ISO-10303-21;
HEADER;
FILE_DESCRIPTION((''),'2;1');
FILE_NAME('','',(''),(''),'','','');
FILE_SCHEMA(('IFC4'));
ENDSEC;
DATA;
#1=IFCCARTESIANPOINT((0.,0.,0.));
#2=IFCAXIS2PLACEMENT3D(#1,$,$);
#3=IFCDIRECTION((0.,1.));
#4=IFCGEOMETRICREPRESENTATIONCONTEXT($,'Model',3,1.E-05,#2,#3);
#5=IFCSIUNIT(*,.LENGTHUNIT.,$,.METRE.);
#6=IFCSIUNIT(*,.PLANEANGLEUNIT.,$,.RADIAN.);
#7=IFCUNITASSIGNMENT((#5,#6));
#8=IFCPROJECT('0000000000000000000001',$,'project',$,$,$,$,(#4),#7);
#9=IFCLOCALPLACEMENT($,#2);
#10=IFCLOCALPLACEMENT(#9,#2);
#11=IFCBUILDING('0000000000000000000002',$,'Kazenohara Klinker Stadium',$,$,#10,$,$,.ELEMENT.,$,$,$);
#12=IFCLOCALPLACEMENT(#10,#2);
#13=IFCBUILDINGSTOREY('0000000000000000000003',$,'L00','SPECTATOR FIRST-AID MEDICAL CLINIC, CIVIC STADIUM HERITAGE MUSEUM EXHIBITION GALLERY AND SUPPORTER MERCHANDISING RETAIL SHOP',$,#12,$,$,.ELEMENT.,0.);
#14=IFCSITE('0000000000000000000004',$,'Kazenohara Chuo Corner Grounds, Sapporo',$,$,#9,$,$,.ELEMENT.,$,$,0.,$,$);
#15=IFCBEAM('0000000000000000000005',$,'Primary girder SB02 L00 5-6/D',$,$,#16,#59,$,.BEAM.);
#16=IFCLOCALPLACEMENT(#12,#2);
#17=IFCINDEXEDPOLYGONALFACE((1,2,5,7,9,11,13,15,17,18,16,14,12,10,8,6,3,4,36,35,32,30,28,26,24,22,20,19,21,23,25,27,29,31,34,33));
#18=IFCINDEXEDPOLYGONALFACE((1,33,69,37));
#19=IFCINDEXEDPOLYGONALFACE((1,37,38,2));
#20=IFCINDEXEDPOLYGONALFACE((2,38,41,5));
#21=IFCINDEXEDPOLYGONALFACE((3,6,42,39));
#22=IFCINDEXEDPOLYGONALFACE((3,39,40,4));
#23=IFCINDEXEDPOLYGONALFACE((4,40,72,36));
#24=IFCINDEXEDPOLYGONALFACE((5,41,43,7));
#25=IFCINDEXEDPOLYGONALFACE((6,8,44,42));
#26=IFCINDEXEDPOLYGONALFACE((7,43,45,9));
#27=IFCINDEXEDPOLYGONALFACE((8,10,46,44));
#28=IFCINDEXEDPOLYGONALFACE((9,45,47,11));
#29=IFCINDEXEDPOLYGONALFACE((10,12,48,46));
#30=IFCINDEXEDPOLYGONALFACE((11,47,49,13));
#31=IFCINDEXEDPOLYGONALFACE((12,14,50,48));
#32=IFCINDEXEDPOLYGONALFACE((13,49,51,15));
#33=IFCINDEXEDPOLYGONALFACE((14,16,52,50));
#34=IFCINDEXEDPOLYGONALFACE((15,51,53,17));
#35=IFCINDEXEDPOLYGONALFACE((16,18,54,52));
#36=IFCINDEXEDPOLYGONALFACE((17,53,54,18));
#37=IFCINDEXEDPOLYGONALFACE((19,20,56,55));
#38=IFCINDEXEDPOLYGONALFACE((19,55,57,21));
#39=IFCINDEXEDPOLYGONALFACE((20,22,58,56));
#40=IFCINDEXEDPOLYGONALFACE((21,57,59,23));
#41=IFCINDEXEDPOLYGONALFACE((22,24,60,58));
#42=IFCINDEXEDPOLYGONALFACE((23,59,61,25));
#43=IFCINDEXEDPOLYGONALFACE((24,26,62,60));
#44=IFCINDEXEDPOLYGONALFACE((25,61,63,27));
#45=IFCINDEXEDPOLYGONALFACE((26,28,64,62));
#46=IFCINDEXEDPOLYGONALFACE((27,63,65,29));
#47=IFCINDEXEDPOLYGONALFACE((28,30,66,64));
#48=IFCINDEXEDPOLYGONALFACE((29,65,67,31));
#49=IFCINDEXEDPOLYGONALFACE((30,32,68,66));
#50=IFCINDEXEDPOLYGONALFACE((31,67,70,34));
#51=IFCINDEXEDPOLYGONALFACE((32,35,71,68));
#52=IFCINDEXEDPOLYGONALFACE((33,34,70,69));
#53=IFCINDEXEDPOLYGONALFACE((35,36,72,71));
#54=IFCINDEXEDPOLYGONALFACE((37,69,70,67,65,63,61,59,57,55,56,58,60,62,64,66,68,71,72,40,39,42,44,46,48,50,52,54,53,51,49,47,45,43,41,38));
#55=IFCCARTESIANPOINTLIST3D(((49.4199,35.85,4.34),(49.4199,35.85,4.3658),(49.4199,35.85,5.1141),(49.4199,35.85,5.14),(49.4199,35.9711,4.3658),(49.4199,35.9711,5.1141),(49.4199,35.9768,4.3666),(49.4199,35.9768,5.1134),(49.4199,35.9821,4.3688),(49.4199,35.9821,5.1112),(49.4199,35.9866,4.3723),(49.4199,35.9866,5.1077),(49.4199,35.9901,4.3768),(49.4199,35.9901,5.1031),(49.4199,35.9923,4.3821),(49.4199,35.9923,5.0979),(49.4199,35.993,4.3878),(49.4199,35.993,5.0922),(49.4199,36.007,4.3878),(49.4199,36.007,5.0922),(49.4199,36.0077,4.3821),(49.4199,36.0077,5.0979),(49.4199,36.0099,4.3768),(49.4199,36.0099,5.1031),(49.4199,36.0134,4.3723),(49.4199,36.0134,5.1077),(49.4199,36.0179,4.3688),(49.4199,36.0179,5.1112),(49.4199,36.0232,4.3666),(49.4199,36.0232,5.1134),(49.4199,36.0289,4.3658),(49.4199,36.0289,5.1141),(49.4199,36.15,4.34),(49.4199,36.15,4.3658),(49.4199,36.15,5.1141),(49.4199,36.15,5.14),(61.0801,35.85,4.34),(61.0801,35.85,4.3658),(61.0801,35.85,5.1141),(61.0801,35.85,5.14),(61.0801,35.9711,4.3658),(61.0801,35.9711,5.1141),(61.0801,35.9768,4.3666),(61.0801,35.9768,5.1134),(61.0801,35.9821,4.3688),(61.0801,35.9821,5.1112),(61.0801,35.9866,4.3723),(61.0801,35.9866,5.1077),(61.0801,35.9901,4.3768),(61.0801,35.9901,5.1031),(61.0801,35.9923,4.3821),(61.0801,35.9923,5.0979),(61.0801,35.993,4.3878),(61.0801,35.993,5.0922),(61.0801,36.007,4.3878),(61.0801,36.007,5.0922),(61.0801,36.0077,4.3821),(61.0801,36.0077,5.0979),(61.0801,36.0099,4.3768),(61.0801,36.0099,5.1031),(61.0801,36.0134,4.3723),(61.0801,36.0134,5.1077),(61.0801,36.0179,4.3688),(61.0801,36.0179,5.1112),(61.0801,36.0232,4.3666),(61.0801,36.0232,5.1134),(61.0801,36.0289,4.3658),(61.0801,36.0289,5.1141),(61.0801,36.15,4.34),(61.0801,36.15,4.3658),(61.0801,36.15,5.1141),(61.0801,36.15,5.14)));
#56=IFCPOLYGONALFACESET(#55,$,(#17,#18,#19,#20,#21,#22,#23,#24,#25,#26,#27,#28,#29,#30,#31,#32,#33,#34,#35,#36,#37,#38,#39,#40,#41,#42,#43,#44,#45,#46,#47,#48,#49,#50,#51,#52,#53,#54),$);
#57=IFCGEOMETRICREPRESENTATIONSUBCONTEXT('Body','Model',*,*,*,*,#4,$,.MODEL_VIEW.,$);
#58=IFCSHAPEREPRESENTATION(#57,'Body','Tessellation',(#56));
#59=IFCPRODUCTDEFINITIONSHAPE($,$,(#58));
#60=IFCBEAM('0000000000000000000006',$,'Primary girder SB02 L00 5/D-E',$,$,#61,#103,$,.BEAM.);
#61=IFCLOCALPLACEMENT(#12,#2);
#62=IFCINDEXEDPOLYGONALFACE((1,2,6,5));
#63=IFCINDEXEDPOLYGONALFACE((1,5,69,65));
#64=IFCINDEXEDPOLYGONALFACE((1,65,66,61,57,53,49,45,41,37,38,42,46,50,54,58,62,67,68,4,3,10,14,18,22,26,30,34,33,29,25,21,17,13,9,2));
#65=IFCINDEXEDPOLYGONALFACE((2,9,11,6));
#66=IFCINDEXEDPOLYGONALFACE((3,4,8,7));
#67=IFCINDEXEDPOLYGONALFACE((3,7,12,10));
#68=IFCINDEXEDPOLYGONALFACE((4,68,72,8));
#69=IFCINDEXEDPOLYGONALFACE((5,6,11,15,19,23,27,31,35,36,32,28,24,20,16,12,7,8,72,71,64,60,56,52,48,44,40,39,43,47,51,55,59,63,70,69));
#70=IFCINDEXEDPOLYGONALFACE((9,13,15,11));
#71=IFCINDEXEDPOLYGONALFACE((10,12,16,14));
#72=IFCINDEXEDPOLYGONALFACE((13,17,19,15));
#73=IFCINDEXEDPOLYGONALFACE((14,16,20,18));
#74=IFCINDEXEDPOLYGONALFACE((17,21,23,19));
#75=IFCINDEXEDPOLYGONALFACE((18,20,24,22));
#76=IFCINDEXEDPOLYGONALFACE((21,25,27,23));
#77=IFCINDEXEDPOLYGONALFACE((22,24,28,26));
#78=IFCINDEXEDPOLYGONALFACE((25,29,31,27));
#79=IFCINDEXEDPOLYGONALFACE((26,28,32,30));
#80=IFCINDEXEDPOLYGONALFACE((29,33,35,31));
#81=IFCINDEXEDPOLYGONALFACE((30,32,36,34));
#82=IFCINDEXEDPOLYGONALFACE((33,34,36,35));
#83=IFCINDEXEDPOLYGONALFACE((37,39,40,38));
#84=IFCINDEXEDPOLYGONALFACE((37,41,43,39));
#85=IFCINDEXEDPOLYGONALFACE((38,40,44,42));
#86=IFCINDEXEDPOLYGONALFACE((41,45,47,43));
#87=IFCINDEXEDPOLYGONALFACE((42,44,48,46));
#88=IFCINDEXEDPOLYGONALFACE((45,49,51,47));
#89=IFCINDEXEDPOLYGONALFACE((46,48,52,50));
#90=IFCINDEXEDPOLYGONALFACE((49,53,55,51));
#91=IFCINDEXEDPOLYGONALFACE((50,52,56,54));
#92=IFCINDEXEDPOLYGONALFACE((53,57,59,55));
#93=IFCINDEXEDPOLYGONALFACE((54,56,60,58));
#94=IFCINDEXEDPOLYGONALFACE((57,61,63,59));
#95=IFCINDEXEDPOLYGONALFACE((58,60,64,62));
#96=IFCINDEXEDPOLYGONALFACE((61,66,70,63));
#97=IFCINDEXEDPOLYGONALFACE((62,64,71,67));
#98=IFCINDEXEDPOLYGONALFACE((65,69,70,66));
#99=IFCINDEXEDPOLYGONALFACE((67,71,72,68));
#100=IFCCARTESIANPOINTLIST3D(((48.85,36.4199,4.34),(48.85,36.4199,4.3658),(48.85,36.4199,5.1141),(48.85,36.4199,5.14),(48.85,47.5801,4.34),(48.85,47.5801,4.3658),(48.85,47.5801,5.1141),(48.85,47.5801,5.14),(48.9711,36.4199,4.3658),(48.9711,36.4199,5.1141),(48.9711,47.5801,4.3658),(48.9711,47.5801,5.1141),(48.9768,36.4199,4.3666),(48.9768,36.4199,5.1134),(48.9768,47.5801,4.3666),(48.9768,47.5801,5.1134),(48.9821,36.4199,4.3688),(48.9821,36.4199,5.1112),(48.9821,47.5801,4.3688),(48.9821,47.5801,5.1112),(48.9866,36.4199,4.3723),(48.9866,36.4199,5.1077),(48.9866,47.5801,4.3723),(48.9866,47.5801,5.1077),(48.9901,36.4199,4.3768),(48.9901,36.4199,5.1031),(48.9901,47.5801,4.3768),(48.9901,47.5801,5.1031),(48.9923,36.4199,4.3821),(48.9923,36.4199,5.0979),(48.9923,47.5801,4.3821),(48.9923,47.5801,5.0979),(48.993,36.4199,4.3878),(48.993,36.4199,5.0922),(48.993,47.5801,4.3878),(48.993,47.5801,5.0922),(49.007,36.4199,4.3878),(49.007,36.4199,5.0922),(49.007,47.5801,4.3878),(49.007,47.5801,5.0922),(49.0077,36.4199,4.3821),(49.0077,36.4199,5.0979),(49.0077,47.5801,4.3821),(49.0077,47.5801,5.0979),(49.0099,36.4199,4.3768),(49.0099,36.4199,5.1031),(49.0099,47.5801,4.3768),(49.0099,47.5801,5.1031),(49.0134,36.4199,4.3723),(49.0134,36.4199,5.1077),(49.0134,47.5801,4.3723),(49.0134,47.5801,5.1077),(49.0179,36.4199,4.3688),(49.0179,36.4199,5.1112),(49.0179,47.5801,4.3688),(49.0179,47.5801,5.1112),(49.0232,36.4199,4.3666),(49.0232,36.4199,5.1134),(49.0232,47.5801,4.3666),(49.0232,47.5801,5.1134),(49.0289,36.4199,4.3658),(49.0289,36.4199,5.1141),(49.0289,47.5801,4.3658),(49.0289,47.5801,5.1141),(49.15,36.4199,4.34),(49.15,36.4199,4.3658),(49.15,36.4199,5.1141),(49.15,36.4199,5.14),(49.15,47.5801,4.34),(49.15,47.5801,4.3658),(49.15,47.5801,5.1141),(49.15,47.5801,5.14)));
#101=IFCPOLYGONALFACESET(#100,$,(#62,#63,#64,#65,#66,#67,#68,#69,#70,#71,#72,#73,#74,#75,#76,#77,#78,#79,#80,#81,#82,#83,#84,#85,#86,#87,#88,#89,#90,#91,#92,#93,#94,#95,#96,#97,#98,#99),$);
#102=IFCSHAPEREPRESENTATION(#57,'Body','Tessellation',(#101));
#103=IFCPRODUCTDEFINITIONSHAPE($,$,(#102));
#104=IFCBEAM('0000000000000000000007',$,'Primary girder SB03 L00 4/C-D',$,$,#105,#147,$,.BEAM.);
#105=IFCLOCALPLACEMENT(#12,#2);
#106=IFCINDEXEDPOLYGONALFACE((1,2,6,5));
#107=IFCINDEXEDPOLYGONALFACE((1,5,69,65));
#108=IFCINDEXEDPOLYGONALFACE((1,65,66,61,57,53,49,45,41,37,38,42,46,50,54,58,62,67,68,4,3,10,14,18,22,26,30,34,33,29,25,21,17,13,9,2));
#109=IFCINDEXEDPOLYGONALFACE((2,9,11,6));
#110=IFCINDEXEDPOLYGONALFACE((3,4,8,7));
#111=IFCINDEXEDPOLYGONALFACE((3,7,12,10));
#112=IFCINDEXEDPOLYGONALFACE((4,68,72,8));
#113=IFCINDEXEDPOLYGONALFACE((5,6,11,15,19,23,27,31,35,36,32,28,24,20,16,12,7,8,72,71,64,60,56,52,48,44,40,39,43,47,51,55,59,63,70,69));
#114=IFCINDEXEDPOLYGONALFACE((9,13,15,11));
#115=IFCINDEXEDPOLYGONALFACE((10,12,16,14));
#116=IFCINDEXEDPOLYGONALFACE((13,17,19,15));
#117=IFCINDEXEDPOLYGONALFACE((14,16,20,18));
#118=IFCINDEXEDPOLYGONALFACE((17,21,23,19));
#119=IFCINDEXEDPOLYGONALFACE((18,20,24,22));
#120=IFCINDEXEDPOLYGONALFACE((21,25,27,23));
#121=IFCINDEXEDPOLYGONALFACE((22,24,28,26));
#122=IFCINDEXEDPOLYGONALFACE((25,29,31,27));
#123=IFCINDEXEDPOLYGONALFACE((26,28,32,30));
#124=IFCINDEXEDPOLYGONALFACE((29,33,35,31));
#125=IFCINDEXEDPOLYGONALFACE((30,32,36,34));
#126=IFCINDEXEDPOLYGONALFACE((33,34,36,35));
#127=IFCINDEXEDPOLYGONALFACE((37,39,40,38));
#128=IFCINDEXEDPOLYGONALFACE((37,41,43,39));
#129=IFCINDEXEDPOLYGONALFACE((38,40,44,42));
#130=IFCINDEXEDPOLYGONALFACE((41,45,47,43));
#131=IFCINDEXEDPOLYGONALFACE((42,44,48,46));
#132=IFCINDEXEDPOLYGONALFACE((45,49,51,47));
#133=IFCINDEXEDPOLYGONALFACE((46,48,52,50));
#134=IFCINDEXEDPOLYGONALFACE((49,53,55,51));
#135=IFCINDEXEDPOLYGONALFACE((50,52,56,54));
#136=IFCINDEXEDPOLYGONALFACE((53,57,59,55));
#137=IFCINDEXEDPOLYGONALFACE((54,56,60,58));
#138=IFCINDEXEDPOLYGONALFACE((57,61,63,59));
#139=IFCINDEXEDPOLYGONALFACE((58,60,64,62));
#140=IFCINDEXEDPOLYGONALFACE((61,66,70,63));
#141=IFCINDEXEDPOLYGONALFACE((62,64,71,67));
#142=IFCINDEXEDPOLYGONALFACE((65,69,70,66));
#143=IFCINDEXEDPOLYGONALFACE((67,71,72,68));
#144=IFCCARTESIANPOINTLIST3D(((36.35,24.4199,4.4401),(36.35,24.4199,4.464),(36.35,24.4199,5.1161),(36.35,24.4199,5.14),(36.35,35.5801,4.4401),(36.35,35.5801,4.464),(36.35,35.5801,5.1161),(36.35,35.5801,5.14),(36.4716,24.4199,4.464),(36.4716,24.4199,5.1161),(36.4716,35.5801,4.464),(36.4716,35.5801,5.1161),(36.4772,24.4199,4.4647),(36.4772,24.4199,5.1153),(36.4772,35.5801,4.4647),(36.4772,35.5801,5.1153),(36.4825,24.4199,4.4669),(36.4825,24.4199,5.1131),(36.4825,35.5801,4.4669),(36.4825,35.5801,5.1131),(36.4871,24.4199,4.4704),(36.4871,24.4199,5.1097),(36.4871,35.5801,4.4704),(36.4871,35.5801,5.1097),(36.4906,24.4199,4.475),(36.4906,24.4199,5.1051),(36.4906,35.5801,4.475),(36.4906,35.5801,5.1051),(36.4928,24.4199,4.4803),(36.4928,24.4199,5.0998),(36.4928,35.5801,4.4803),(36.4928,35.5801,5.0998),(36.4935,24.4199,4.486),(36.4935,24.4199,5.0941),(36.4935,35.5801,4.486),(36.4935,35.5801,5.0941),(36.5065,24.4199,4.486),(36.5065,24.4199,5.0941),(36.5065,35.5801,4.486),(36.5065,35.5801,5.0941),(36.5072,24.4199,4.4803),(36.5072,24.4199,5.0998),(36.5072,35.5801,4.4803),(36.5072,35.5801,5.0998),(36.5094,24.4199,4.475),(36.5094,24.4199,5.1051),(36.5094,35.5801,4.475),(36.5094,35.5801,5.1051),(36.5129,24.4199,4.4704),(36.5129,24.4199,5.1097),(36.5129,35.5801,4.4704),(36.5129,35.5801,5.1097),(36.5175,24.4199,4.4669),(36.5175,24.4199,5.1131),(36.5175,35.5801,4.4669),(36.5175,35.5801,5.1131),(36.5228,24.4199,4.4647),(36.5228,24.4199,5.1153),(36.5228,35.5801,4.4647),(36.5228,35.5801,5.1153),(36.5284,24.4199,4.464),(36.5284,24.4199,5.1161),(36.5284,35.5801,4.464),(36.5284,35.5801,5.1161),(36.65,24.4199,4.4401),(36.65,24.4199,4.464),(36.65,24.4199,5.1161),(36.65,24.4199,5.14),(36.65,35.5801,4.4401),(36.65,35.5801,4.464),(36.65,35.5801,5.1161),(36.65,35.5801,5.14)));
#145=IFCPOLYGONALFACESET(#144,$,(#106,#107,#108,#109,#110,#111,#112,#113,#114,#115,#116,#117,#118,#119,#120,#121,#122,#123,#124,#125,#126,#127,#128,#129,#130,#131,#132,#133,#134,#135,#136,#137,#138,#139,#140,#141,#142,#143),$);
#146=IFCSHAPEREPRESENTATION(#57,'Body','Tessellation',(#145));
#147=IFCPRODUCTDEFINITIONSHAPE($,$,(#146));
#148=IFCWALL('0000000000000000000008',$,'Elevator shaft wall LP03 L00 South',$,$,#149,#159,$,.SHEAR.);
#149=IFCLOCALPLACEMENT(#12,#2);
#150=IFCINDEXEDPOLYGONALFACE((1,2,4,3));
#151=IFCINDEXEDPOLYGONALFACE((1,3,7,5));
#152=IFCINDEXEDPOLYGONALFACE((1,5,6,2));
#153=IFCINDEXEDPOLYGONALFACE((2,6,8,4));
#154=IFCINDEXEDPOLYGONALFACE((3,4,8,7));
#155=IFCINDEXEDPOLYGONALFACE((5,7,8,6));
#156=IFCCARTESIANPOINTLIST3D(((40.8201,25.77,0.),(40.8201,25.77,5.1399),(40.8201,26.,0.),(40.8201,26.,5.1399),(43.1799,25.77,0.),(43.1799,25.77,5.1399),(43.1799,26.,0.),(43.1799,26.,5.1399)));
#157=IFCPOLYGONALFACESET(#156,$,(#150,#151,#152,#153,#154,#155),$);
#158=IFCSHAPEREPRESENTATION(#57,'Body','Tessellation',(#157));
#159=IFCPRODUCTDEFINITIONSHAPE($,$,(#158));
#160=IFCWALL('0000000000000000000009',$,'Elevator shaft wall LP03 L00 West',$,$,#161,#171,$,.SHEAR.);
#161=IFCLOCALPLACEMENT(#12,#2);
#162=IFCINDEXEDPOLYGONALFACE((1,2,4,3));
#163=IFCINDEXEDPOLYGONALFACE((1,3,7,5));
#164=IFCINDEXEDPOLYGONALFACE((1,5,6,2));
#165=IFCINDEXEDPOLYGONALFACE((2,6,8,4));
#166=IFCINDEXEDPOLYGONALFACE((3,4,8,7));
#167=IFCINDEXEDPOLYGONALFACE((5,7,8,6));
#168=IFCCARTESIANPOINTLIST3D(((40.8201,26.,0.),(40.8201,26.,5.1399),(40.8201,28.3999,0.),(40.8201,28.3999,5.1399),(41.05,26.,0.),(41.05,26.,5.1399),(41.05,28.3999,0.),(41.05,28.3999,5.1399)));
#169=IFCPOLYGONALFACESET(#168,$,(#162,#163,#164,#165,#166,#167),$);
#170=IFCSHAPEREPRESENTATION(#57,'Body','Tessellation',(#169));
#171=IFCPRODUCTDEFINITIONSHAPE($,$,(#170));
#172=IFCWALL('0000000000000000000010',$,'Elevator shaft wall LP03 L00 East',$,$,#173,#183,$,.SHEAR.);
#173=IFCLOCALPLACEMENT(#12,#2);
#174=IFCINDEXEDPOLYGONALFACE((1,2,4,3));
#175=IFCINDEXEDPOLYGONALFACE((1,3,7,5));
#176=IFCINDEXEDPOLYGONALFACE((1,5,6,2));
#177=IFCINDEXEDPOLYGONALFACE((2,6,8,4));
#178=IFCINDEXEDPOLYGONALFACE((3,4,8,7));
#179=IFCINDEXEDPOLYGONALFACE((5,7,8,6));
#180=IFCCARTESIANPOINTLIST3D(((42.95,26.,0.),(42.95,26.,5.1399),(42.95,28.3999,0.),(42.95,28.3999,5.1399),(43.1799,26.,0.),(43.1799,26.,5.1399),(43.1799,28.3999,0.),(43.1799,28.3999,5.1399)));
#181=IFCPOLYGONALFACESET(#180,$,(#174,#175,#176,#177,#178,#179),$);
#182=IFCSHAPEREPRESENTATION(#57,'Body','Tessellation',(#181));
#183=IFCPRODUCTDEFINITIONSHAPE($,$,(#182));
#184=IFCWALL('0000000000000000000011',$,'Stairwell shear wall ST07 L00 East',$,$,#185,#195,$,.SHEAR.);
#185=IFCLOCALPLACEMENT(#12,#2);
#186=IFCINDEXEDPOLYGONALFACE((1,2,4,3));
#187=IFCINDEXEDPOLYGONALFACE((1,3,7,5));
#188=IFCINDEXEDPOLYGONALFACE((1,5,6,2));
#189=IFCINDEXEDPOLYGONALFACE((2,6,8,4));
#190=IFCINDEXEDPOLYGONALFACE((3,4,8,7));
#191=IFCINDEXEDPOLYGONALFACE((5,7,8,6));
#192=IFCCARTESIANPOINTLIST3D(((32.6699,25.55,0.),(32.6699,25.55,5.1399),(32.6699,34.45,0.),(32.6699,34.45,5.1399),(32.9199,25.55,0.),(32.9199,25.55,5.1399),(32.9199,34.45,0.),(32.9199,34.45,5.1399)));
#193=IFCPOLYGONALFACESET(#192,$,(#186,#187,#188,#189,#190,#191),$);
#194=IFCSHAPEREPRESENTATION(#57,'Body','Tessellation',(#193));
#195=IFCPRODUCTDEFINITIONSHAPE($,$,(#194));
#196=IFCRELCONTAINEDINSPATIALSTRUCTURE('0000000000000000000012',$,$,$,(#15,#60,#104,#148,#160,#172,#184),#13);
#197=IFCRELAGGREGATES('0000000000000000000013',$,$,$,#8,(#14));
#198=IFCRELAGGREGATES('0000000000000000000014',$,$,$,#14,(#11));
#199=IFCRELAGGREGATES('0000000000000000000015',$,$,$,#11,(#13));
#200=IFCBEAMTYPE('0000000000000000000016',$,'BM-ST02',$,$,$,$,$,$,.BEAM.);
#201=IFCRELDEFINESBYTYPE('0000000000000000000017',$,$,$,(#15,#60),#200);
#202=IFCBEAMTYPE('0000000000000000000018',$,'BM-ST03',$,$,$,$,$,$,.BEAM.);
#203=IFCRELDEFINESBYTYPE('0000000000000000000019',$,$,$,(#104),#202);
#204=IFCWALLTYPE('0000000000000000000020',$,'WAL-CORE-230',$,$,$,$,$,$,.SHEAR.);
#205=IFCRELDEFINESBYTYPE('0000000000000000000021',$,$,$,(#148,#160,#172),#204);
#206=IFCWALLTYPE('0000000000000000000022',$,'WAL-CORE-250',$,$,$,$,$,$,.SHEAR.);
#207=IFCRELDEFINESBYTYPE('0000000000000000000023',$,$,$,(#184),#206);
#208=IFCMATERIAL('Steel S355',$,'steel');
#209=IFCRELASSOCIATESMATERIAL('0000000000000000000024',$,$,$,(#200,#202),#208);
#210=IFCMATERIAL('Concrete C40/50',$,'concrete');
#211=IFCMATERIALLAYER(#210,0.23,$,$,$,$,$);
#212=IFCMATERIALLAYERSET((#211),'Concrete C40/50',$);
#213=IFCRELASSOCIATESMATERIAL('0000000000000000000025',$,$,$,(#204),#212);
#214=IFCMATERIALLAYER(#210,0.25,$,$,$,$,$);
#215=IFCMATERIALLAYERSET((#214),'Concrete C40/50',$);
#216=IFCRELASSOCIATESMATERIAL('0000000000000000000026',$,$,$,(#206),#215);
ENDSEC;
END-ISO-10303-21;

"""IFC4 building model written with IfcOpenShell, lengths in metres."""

from ifc_helpers import new_model, si_unit, direction, frame, frame_2d, origin, origin_2d, place, context, subcontext, project, spatial, rectangle, i_section, extrude, material, layer, layer_set, material_profile, profile_set, type_object, element, save


model = new_model("IFC4")

# Units and contexts
model_context = context("Model", 3, precision=1e-05, world=origin(), true_north=direction((0.0, 1.0)))
body_context = subcontext(model_context, "Body", "Model", "MODEL_VIEW")
ifc_project = project(units=[si_unit("LENGTHUNIT", "METRE"), si_unit("PLANEANGLEUNIT", "RADIAN")], contexts=[model_context])

# Site, building, storey
site_placement = place(None, origin())
site = spatial("IfcSite", under=ifc_project, at=site_placement, Name="Kazenohara Chuo Corner Grounds, Sapporo", CompositionType="ELEMENT", RefElevation=0.0)
building_placement = place(site_placement, origin())
building = spatial("IfcBuilding", under=site, at=building_placement, Name="Kazenohara Klinker Stadium", CompositionType="ELEMENT")
storey_placement = place(building_placement, origin())
storey = spatial("IfcBuildingStorey", under=building, at=storey_placement, Name="L00", Description="SPECTATOR FIRST-AID MEDICAL CLINIC, CIVIC STADIUM HERITAGE MUSEUM EXHIBITION GALLERY AND SUPPORTER MERCHANDISING RETAIL SHOP", CompositionType="ELEMENT", Elevation=0.0)

# Shared definitions
ifc_material_1 = material(Name="Concrete C40/50", Category="concrete")

# Beams
ifc_material_2 = material(Name="Steel S355", Category="steel")
ifc_material_profile_1 = material_profile(ifc_material_2, i_section(OverallWidth=0.3, OverallDepth=0.8, WebThickness=0.0139, FlangeThickness=0.0259, FilletRadius=0.022, at=origin_2d()), Name="H-800x300x14x26")
ifc_profile_set_1 = profile_set([ifc_material_profile_1], Name="Steel S355")
beam_type_1 = type_object("IfcBeamType", Name="BM-ST02", PredefinedType="BEAM", material=ifc_profile_set_1)
beam_1_placement = place(storey_placement, frame((49.4199, 36.0, 4.74), z_axis=(1.0, 0.0, 0.0), x_axis=(0.0, 1.0, 0.0)))
element("IfcBeam", 1, at=beam_1_placement, inside=storey, type_object=beam_type_1, Name="Primary girder SB02 L00 5-6/D", PredefinedType="BEAM", context=body_context, shape_type="SweptSolid", body=[
    extrude(i_section(OverallWidth=0.3, OverallDepth=0.8, WebThickness=0.0139, FlangeThickness=0.0259, FilletRadius=0.022, at=origin_2d()), origin(), (0.0, 0.0, 1.0), 11.6602),
])
beam_2_placement = place(storey_placement, frame((49.0, 36.4199, 4.74), z_axis=(0.0, 1.0, 0.0), x_axis=(-1.0, 0.0, 0.0)))
element("IfcBeam", 2, at=beam_2_placement, inside=storey, type_object=beam_type_1, Name="Primary girder SB02 L00 5/D-E", PredefinedType="BEAM", context=body_context, shape_type="SweptSolid", body=[
    extrude(i_section(OverallWidth=0.3, OverallDepth=0.8, WebThickness=0.0139, FlangeThickness=0.0259, FilletRadius=0.022, at=origin_2d()), origin(), (0.0, 0.0, 1.0), 11.1602),
])
ifc_material_profile_2 = material_profile(ifc_material_2, i_section(OverallWidth=0.3, OverallDepth=0.7, WebThickness=0.0129, FlangeThickness=0.0239, FilletRadius=0.022, at=origin_2d()), Name="H-700x300x13x24")
ifc_profile_set_2 = profile_set([ifc_material_profile_2], Name="Steel S355")
beam_type_2 = type_object("IfcBeamType", Name="BM-ST03", PredefinedType="BEAM", material=ifc_profile_set_2)
beam_3_placement = place(storey_placement, frame((36.5, 24.4199, 4.79), z_axis=(0.0, 1.0, 0.0), x_axis=(-1.0, 0.0, 0.0)))
element("IfcBeam", 3, at=beam_3_placement, inside=storey, type_object=beam_type_2, Name="Primary girder SB03 L00 4/C-D", PredefinedType="BEAM", context=body_context, shape_type="SweptSolid", body=[
    extrude(i_section(OverallWidth=0.3, OverallDepth=0.7, WebThickness=0.0129, FlangeThickness=0.0239, FilletRadius=0.022, at=origin_2d()), origin(), (0.0, 0.0, 1.0), 11.1602),
])

# Wall
ifc_layer_1 = layer(ifc_material_1, 0.23)
ifc_layer_set_1 = layer_set([ifc_layer_1], Name="Concrete C40/50")
wall_type_1 = type_object("IfcWallType", Name="WAL-CORE-230", PredefinedType="SHEAR", material=ifc_layer_set_1)
wall_1_placement = place(storey_placement, frame((40.8201, 25.885, 0.0), z_axis=(0.0, 0.0, 1.0), x_axis=(1.0, 0.0, 0.0)))
element("IfcWall", 4, at=wall_1_placement, inside=storey, type_object=wall_type_1, Name="Elevator shaft wall LP03 L00 South", PredefinedType="SHEAR", context=body_context, shape_type="SweptSolid", body=[
    extrude(rectangle(XDim=2.3599, YDim=0.23, at=frame_2d((1.1799, 0.0))), origin(), (0.0, 0.0, 1.0), 5.1399),
])

# Walls
for number, where, z_axis, x_axis, name in (
    (5, (40.9351, 26.0, 0.0), (0.0, 0.0, 1.0), (0.0, 1.0, 0.0), "Elevator shaft wall LP03 L00 West"),
    (6, (43.0649, 26.0, 0.0), (0.0, 0.0, 1.0), (0.0, 1.0, 0.0), "Elevator shaft wall LP03 L00 East"),
):
    element("IfcWall", number, at=place(storey_placement, frame(where, z_axis=z_axis, x_axis=x_axis)), inside=storey, type_object=wall_type_1, Name=name, PredefinedType="SHEAR", context=body_context, shape_type="SweptSolid", body=[
        extrude(rectangle(XDim=2.3999, YDim=0.23, at=frame_2d((1.2, 0.0))), origin(), (0.0, 0.0, 1.0), 5.1399),
    ])
ifc_layer_2 = layer(ifc_material_1, 0.25)
ifc_layer_set_2 = layer_set([ifc_layer_2], Name="Concrete C40/50")
wall_type_2 = type_object("IfcWallType", Name="WAL-CORE-250", PredefinedType="SHEAR", material=ifc_layer_set_2)
wall_2_placement = place(storey_placement, frame((32.7949, 25.55, 0.0), z_axis=(0.0, 0.0, 1.0), x_axis=(0.0, 1.0, 0.0)))
element("IfcWall", 7, at=wall_2_placement, inside=storey, type_object=wall_type_2, Name="Stairwell shear wall ST07 L00 East", PredefinedType="SHEAR", context=body_context, shape_type="SweptSolid", body=[
    extrude(rectangle(XDim=8.8999, YDim=0.25, at=frame_2d((4.45, 0.0))), origin(), (0.0, 0.0, 1.0), 5.1399),
])

save(model, "model.ifc")
